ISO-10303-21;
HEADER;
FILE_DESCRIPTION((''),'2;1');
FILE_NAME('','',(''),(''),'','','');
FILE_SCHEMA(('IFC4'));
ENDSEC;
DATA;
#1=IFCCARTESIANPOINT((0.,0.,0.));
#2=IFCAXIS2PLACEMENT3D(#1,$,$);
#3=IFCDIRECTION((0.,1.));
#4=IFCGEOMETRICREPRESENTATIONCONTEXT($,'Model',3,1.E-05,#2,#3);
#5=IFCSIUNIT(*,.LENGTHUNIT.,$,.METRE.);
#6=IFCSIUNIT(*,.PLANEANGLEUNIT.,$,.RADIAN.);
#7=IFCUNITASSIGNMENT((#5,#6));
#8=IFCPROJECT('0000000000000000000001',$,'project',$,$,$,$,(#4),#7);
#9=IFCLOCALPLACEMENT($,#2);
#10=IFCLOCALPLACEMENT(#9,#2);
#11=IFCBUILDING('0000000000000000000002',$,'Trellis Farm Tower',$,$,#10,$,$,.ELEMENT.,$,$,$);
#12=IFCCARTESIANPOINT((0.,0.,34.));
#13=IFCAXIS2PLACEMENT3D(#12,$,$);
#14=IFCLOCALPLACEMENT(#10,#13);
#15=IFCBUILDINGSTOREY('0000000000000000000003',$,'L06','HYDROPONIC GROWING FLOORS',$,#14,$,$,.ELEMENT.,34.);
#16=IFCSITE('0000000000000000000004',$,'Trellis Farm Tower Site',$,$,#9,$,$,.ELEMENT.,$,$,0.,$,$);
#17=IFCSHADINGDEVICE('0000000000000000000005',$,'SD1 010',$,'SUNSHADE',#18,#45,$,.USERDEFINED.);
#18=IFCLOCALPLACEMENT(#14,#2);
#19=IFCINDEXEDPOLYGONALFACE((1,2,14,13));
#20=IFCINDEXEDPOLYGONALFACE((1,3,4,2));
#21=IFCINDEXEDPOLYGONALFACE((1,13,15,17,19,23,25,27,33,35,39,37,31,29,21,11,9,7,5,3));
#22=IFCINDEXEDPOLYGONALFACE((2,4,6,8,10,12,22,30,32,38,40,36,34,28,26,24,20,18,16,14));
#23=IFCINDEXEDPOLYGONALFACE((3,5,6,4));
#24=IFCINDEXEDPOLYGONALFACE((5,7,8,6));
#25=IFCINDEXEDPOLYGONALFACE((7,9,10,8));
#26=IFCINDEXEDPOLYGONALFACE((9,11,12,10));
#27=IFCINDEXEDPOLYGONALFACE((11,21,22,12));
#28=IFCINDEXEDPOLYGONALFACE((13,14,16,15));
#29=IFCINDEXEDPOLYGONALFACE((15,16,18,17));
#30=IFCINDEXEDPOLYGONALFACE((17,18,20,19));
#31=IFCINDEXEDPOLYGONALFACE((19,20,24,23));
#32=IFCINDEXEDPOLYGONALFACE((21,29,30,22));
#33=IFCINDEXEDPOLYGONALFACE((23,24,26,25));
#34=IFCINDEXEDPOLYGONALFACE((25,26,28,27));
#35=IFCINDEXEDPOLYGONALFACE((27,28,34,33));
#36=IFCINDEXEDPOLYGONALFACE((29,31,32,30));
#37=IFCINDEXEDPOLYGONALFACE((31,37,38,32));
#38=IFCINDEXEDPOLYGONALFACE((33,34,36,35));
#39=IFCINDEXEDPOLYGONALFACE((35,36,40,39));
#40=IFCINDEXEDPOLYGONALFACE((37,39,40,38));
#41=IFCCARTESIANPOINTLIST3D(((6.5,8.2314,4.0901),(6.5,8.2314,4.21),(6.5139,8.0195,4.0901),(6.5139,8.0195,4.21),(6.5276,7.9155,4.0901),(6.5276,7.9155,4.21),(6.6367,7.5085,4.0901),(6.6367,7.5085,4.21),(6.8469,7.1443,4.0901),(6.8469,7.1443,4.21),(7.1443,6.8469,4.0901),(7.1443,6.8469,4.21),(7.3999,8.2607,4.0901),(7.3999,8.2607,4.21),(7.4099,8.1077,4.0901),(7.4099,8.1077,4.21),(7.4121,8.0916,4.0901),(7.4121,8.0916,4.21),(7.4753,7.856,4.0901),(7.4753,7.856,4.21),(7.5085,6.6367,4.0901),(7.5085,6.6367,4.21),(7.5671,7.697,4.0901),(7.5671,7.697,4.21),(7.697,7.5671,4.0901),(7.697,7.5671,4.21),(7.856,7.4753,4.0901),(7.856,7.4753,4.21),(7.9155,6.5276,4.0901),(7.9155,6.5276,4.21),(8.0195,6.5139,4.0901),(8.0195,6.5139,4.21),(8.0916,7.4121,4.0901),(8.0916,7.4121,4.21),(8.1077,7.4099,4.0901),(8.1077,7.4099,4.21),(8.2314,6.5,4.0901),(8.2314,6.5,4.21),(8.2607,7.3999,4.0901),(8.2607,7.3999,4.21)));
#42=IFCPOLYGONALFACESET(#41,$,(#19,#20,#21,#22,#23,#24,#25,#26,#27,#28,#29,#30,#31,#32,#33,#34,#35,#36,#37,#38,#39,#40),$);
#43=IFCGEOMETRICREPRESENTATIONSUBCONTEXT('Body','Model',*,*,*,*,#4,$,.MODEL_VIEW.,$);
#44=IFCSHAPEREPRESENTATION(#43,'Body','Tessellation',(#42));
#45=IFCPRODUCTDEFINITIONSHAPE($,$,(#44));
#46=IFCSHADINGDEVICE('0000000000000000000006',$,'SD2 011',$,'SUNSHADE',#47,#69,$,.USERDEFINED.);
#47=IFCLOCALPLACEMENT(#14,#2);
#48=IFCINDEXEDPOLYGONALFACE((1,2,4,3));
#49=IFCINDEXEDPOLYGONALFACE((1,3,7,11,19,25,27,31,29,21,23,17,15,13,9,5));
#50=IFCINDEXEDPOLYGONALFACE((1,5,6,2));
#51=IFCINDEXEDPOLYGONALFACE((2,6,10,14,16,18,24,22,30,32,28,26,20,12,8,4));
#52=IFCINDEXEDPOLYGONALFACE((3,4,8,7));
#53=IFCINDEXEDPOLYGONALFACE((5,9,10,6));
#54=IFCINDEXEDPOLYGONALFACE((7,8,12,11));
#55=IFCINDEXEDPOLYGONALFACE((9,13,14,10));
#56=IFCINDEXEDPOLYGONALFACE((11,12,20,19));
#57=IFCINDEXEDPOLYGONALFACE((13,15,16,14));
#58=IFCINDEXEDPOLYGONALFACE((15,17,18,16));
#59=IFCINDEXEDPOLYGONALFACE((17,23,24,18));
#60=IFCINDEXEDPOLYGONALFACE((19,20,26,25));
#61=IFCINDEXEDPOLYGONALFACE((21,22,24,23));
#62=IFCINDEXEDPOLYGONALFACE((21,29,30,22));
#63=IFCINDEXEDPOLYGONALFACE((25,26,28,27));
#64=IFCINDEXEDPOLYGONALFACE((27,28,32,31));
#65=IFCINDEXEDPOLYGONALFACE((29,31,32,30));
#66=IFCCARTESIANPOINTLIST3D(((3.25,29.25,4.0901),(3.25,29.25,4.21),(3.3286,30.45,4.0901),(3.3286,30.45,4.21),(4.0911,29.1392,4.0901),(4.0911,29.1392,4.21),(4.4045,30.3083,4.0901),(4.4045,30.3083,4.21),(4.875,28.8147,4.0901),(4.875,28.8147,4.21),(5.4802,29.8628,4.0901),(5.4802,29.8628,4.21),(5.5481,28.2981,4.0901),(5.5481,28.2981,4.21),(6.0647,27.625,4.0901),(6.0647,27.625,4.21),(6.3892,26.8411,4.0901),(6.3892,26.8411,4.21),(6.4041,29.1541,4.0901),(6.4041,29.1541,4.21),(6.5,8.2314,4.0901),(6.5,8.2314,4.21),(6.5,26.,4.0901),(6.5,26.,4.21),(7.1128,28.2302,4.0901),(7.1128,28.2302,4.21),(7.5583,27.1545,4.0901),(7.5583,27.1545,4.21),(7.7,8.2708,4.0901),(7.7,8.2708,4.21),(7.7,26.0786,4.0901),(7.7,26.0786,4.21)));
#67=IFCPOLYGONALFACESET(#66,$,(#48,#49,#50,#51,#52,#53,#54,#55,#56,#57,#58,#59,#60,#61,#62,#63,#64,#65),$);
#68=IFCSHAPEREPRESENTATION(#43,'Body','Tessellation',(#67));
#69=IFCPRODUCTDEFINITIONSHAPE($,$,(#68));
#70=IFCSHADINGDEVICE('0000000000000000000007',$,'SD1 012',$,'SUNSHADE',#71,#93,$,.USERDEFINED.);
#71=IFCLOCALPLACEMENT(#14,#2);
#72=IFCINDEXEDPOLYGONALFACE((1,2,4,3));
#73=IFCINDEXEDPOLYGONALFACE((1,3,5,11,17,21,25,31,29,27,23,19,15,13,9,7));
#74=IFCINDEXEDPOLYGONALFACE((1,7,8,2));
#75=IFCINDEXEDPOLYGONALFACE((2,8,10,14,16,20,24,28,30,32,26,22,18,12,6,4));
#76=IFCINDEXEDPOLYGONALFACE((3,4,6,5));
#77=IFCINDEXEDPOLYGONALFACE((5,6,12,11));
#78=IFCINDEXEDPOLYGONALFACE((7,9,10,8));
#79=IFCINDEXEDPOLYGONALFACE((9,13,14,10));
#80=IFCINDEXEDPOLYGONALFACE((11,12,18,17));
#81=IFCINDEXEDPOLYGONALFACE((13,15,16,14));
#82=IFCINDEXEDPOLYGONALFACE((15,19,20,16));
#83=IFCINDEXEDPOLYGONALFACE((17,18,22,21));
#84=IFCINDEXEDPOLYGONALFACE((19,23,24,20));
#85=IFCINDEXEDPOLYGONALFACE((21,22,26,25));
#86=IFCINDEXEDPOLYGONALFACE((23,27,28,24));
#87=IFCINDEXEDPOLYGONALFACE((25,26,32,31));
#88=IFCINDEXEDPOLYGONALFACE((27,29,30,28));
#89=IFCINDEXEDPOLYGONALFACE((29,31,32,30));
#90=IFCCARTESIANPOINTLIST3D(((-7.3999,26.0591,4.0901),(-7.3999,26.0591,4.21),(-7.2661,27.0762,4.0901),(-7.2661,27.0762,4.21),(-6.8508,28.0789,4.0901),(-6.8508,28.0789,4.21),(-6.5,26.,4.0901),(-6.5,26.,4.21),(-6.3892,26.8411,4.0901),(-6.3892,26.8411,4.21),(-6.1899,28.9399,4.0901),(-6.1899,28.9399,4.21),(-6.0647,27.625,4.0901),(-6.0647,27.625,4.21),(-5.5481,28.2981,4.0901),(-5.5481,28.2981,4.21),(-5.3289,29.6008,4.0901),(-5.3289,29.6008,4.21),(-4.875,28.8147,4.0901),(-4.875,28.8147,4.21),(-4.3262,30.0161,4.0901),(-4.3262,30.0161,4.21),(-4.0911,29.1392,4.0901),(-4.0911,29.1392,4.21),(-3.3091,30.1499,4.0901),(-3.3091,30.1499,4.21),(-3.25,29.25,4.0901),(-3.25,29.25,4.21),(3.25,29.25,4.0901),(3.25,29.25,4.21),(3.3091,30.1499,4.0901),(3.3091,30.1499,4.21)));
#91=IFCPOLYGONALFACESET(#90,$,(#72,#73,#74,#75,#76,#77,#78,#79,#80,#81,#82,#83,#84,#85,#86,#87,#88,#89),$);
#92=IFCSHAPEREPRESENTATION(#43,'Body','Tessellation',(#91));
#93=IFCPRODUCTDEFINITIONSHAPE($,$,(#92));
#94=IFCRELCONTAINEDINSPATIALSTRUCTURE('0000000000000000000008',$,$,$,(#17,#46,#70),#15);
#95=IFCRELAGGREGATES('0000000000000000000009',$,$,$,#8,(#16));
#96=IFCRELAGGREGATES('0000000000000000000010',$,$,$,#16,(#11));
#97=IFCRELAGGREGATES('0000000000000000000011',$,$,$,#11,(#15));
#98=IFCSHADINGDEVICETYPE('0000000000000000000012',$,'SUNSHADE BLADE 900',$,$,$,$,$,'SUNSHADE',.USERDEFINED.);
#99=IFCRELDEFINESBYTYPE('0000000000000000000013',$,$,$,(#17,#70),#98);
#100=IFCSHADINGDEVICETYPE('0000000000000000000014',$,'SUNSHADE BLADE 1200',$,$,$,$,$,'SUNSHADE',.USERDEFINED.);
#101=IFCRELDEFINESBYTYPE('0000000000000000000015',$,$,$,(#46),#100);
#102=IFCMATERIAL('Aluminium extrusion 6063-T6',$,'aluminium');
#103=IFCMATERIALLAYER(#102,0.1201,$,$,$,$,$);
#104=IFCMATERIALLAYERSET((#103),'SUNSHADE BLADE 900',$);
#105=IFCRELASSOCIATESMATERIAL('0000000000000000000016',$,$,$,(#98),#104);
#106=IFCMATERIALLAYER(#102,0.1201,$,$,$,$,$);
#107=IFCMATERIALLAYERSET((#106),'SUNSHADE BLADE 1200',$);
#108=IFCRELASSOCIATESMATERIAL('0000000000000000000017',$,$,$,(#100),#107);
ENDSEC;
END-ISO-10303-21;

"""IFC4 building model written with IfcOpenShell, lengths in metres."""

from ifc_helpers import new_model, si_unit, direction, frame, origin, place, context, subcontext, project, spatial, polyline, outline, extrude, source, transform, mapped, material, layer, layer_set, type_object, element, save


model = new_model("IFC4")

# Units and contexts
model_context = context("Model", 3, precision=1e-05, world=origin(), true_north=direction((0.0, 1.0)))
body_context = subcontext(model_context, "Body", "Model", "MODEL_VIEW")
ifc_project = project(units=[si_unit("LENGTHUNIT", "METRE"), si_unit("PLANEANGLEUNIT", "RADIAN")], contexts=[model_context])

# Site, building, storey
site_placement = place(None, origin())
site = spatial("IfcSite", under=ifc_project, at=site_placement, Name="Trellis Farm Tower Site", CompositionType="ELEMENT", RefElevation=0.0)
building_placement = place(site_placement, origin())
building = spatial("IfcBuilding", under=site, at=building_placement, Name="Trellis Farm Tower", CompositionType="ELEMENT")
storey_placement = place(building_placement, frame((0.0, 0.0, 34.0)))
storey = spatial("IfcBuildingStorey", under=building, at=storey_placement, Name="L06", Description="HYDROPONIC GROWING FLOORS", CompositionType="ELEMENT", Elevation=34.0)

# Shared definitions
ifc_material_1 = material(Name="Aluminium extrusion 6063-T6", Category="aluminium")

# Shading devices
ifc_layer_1 = layer(ifc_material_1, 0.1201)
ifc_layer_set_1 = layer_set([ifc_layer_1], Name="SUNSHADE BLADE 900")
shading_device_type_1 = type_object("IfcShadingDeviceType", Name="SUNSHADE BLADE 900", ElementType="SUNSHADE", PredefinedType="USERDEFINED", material=ifc_layer_set_1)
placement_1 = place(storey_placement, frame((0.0, 0.0, 4.0901)))
ifc_layer_2 = layer(ifc_material_1, 0.1201)
ifc_layer_set_2 = layer_set([ifc_layer_2], Name="SUNSHADE BLADE 1200")
shading_device_type_2 = type_object("IfcShadingDeviceType", Name="SUNSHADE BLADE 1200", ElementType="SUNSHADE", PredefinedType="USERDEFINED", material=ifc_layer_set_2)
shared_shape_1 = source(origin(), body_context, "Body", "SweptSolid", [
    extrude(outline(polyline([(8.2607, 7.3999), (8.1077, 7.4099), (8.0916, 7.4121), (7.856, 7.4753), (7.697, 7.5671), (7.5671, 7.697), (7.4753, 7.856), (7.4121, 8.0916), (7.4099, 8.1077), (7.3999, 8.2607), (6.5, 8.2314), (6.5139, 8.0195), (6.5276, 7.9155), (6.6367, 7.5085), (6.8469, 7.1443), (7.1443, 6.8469), (7.5085, 6.6367), (7.9155, 6.5276), (8.0195, 6.5139), (8.2314, 6.5), (8.2607, 7.3999)])), origin(), (0.0, 0.0, 1.0), 0.1199),
])
element("IfcShadingDevice", 1, at=placement_1, inside=storey, type_object=shading_device_type_1, Name="SD1 010", ObjectType="SUNSHADE", PredefinedType="USERDEFINED", context=body_context, shape_type="MappedRepresentation", body=[
    mapped(shared_shape_1, transform((0.0, 0.0, 0.0))),
])
shared_shape_2 = source(origin(), body_context, "Body", "SweptSolid", [
    extrude(outline(polyline([(7.7, 8.2708), (7.7, 26.0786), (7.5583, 27.1545), (7.1128, 28.2302), (6.4041, 29.1541), (5.4802, 29.8628), (4.4045, 30.3083), (3.3286, 30.45), (3.25, 29.25), (4.0911, 29.1392), (4.875, 28.8147), (5.5481, 28.2981), (6.0647, 27.625), (6.3892, 26.8411), (6.5, 26.0), (6.5, 8.2314), (7.7, 8.2708)])), origin(), (0.0, 0.0, 1.0), 0.1199),
])
element("IfcShadingDevice", 2, at=placement_1, inside=storey, type_object=shading_device_type_2, Name="SD2 011", ObjectType="SUNSHADE", PredefinedType="USERDEFINED", context=body_context, shape_type="MappedRepresentation", body=[
    mapped(shared_shape_2, transform((0.0, 0.0, 0.0))),
])
shared_shape_3 = source(origin(), body_context, "Body", "SweptSolid", [
    extrude(outline(polyline([(3.3091, 30.1499), (-3.3091, 30.1499), (-4.3262, 30.0161), (-5.3289, 29.6008), (-6.1899, 28.9399), (-6.8508, 28.0789), (-7.2661, 27.0762), (-7.3999, 26.0591), (-6.5, 26.0), (-6.3892, 26.8411), (-6.0647, 27.625), (-5.5481, 28.2981), (-4.875, 28.8147), (-4.0911, 29.1392), (-3.25, 29.25), (3.25, 29.25), (3.3091, 30.1499)])), origin(), (0.0, 0.0, 1.0), 0.1199),
])
element("IfcShadingDevice", 3, at=placement_1, inside=storey, type_object=shading_device_type_1, Name="SD1 012", ObjectType="SUNSHADE", PredefinedType="USERDEFINED", context=body_context, shape_type="MappedRepresentation", body=[
    mapped(shared_shape_3, transform((0.0, 0.0, 0.0))),
])

save(model, "model.ifc")
